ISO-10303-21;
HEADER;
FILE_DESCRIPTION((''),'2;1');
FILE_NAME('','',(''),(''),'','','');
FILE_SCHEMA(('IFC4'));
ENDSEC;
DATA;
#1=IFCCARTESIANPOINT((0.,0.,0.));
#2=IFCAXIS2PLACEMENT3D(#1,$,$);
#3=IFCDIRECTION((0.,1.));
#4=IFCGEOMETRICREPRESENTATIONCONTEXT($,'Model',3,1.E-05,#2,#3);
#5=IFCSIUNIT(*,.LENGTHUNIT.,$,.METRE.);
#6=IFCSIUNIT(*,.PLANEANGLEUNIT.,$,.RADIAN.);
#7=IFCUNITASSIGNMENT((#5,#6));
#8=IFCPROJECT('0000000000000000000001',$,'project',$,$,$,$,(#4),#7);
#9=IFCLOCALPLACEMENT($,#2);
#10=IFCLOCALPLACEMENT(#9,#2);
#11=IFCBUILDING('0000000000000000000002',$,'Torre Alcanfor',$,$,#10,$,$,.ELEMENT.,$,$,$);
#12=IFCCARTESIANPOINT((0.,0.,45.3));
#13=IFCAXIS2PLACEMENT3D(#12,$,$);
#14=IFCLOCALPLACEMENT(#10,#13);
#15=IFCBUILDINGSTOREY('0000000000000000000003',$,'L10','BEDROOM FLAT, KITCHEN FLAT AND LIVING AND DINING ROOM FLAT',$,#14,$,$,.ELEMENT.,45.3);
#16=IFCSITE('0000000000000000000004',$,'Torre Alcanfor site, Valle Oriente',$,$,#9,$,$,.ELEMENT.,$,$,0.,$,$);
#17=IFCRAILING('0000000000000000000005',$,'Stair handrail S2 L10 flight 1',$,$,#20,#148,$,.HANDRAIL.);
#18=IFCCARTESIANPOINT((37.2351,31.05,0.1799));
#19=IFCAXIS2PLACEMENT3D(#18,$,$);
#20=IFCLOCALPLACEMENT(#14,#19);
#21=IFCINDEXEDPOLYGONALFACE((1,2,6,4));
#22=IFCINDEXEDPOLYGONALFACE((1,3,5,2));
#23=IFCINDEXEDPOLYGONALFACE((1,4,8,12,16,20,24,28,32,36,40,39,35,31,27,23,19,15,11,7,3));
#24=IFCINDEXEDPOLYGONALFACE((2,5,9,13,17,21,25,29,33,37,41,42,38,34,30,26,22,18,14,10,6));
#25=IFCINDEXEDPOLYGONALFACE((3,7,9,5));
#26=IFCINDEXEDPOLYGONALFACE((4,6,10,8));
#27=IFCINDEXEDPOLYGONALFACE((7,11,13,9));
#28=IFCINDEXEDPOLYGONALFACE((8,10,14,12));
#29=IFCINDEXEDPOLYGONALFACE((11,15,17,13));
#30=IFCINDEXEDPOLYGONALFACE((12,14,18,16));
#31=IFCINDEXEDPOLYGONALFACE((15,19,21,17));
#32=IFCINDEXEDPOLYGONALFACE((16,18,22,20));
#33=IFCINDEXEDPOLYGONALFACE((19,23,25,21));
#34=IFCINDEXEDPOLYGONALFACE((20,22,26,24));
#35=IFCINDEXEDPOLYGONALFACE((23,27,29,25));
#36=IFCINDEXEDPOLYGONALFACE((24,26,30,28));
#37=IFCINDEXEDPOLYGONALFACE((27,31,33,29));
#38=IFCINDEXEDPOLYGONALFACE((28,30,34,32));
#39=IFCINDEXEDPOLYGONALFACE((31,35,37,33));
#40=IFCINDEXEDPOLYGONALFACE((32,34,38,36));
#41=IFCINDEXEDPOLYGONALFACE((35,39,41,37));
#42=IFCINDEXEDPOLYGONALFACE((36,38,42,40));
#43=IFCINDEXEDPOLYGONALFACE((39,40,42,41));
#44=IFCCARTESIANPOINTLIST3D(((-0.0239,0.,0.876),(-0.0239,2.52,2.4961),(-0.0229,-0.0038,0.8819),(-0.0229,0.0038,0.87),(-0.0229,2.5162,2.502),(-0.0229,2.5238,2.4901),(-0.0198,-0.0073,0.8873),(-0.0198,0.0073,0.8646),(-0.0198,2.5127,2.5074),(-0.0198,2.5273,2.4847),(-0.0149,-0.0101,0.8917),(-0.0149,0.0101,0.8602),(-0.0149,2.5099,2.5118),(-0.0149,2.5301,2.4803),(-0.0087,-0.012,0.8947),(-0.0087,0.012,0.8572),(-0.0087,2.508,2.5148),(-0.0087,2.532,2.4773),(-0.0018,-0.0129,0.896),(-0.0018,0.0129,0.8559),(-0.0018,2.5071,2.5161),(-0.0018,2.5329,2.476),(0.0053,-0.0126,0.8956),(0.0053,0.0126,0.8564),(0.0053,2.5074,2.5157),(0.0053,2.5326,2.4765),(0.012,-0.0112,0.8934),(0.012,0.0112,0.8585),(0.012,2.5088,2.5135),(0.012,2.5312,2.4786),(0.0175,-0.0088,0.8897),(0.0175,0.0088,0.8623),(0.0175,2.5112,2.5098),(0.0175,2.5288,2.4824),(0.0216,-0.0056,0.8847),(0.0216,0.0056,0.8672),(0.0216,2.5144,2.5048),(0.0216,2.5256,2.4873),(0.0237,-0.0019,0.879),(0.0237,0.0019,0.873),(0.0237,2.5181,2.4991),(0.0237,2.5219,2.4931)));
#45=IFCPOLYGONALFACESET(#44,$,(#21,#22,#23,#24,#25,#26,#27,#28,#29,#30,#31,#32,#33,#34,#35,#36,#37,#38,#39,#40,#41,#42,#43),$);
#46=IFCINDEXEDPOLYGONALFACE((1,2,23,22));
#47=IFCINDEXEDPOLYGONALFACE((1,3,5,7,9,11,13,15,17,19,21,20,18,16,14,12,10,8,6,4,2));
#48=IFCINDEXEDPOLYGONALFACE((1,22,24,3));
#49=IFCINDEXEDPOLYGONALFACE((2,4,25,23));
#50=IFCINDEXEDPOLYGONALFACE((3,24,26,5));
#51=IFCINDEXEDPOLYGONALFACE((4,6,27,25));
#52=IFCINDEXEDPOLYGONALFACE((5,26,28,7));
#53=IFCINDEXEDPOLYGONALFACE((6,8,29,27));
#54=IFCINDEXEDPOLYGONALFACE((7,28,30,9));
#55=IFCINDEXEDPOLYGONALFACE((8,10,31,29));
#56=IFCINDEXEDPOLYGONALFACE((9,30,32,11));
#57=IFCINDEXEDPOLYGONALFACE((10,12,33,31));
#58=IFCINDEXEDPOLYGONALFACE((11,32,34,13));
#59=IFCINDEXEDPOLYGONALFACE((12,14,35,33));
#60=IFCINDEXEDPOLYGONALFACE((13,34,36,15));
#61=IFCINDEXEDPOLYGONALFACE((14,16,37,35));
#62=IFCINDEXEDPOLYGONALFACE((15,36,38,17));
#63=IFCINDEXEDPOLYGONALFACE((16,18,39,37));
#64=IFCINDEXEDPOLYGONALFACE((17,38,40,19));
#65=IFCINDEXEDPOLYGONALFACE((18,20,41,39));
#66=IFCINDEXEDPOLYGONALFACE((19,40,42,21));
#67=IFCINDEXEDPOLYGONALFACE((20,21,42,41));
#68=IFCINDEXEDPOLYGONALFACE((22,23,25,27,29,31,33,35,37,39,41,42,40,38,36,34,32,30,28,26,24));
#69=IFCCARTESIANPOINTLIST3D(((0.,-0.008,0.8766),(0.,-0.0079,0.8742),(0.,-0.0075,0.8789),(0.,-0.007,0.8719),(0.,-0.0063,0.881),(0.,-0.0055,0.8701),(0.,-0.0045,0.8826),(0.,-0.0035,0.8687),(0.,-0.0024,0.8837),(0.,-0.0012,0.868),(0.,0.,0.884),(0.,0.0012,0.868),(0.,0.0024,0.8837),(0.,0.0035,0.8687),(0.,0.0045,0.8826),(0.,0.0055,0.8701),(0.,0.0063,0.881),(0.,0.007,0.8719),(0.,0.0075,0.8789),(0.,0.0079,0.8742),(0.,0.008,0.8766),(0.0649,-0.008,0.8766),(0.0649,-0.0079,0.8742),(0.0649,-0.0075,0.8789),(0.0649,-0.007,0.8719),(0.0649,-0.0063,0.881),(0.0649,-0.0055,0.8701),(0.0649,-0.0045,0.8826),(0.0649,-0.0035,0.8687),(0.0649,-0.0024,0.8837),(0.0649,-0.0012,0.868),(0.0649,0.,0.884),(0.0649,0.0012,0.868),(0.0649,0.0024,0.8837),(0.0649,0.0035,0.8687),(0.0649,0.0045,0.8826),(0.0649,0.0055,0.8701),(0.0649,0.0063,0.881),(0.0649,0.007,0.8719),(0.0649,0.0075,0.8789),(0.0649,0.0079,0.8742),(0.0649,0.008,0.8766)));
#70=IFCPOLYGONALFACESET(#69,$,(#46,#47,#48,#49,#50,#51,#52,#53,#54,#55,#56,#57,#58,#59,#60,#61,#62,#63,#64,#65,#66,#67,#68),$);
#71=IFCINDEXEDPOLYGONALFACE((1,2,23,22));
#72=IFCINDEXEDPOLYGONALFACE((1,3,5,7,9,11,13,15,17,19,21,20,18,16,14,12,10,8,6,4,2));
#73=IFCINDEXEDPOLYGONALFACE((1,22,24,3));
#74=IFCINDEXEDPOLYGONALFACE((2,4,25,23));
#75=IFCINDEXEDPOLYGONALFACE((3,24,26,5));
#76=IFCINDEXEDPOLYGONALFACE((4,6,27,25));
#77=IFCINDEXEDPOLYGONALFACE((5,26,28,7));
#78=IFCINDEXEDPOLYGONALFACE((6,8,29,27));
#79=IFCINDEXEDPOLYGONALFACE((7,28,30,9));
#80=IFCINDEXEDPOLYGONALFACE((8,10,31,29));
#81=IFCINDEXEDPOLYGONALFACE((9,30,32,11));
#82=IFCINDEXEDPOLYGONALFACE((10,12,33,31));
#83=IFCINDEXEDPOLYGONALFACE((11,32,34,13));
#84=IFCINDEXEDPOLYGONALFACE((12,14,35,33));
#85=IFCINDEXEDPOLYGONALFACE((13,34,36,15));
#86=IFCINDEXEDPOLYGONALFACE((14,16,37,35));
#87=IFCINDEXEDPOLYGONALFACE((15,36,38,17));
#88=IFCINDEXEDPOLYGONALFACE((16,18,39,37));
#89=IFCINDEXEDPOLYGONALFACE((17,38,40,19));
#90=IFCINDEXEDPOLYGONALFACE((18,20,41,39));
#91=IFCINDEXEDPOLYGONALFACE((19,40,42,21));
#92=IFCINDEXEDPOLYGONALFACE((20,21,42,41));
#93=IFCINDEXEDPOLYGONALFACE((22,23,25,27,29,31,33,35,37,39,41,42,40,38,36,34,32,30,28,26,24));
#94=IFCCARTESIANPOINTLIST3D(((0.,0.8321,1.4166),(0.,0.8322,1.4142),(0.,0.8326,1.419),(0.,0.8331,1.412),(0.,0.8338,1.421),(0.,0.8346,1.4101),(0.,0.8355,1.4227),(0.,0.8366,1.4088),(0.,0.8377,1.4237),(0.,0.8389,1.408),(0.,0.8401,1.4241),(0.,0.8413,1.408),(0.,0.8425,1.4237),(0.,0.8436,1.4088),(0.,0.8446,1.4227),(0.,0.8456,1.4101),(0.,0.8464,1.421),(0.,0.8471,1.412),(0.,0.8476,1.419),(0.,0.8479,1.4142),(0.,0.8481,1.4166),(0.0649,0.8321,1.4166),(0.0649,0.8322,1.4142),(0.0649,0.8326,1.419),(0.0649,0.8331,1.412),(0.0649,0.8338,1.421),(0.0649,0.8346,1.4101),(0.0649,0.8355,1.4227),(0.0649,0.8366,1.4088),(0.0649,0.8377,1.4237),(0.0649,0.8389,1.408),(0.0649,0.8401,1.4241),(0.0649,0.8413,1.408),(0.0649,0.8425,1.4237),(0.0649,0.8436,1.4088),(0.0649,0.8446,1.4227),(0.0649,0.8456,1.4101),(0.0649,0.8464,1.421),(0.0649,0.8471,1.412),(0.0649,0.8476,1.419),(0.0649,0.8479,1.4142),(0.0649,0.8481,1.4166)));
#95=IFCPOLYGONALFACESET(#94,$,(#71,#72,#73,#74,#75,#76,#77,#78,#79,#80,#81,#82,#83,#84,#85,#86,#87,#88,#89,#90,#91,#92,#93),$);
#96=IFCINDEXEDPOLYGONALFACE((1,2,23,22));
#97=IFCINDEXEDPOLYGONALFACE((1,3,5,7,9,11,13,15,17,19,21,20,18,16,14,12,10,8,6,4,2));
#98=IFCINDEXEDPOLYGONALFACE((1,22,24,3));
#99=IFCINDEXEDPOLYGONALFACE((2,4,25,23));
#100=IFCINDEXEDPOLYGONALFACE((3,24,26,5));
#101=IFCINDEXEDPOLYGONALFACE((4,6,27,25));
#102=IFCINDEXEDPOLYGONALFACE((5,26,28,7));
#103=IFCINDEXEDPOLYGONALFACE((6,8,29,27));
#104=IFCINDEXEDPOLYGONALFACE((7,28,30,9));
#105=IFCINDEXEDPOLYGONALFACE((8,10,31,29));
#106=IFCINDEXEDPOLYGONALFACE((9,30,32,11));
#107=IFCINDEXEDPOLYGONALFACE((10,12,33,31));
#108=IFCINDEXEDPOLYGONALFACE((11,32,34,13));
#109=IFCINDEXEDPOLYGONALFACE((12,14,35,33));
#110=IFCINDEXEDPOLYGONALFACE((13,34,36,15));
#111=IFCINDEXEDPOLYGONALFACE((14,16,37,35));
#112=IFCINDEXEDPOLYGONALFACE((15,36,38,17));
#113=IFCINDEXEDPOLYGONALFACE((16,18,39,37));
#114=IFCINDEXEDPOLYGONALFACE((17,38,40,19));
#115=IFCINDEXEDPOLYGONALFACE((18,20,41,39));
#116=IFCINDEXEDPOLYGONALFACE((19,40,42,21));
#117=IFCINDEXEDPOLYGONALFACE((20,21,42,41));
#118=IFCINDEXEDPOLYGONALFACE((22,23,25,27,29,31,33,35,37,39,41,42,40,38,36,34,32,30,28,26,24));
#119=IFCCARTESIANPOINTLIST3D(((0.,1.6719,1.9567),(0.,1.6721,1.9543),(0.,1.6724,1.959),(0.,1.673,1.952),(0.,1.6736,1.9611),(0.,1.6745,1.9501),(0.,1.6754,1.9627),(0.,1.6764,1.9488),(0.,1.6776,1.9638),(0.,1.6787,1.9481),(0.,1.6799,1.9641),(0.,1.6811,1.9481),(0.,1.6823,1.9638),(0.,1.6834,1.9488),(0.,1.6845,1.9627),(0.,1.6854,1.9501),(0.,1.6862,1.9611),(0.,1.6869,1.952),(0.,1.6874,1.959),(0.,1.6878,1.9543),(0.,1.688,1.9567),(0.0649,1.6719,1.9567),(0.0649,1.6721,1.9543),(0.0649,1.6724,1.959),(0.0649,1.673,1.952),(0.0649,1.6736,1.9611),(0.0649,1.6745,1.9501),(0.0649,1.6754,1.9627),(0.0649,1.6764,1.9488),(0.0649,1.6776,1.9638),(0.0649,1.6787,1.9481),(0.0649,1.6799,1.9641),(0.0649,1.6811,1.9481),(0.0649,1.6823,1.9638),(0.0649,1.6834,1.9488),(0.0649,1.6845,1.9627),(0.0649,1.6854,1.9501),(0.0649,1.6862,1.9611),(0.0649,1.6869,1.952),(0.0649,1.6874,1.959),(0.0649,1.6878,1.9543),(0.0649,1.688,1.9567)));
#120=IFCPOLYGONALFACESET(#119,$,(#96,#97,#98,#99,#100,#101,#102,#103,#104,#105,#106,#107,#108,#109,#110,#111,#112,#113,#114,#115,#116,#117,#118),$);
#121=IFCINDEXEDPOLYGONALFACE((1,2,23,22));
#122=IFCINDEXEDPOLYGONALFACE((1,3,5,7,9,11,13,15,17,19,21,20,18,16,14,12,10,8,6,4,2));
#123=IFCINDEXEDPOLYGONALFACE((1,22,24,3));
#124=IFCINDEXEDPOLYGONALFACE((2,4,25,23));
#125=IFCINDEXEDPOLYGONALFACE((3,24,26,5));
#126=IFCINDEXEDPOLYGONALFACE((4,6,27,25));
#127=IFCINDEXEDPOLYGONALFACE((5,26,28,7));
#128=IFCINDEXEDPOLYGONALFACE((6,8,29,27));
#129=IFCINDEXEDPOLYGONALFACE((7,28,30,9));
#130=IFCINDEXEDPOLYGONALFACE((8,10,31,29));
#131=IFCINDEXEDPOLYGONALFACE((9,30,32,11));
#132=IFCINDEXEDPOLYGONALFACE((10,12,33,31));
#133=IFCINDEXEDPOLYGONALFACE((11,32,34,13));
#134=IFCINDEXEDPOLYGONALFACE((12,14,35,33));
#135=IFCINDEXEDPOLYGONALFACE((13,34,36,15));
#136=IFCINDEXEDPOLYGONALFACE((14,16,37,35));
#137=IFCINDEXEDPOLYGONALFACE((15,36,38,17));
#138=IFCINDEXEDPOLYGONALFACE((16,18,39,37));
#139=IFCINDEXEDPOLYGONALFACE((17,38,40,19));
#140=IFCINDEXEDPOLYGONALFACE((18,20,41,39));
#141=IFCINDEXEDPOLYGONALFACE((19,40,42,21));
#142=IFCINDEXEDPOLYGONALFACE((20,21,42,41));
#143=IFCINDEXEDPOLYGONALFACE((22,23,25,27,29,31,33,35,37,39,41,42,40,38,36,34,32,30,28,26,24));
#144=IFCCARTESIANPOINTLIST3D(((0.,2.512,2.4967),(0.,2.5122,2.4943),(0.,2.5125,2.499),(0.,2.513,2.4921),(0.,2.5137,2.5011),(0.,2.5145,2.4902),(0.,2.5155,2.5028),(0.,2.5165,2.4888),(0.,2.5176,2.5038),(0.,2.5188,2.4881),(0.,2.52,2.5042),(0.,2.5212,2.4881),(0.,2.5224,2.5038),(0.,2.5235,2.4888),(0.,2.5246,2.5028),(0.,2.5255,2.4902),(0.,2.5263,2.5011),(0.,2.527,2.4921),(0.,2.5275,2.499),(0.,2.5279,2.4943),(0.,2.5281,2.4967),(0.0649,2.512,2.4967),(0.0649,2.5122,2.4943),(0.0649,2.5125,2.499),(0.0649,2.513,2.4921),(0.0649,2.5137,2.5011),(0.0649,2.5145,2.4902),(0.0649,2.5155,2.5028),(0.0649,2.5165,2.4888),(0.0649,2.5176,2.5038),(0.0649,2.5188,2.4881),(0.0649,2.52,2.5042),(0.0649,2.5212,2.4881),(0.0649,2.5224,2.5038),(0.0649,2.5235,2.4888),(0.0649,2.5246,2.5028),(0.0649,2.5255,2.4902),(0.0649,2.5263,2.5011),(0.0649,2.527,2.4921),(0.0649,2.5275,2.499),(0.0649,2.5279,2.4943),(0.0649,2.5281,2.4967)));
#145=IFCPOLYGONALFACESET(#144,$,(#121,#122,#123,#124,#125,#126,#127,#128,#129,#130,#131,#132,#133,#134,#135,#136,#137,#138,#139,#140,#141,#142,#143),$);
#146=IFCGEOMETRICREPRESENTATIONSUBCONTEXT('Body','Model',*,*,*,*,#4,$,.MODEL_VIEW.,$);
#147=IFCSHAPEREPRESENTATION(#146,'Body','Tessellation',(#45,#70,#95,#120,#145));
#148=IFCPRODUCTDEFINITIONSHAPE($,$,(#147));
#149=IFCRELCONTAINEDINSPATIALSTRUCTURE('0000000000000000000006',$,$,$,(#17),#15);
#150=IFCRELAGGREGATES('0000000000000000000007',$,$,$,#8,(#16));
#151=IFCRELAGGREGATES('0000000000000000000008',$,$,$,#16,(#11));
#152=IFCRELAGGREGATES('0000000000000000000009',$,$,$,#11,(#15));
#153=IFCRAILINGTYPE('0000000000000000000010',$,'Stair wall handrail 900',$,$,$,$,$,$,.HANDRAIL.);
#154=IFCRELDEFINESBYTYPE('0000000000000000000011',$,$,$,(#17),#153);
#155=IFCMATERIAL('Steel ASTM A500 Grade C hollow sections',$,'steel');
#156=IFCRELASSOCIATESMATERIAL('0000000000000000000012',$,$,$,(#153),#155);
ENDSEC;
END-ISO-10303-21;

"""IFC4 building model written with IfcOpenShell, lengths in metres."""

from ifc_helpers import new_model, si_unit, direction, frame, origin, origin_2d, place, context, subcontext, project, spatial, circle, extrude, material, type_object, element, save


model = new_model("IFC4")

# Units and contexts
model_context = context("Model", 3, precision=1e-05, world=origin(), true_north=direction((0.0, 1.0)))
body_context = subcontext(model_context, "Body", "Model", "MODEL_VIEW")
ifc_project = project(units=[si_unit("LENGTHUNIT", "METRE"), si_unit("PLANEANGLEUNIT", "RADIAN")], contexts=[model_context])

# Site, building, storey
site_placement = place(None, origin())
site = spatial("IfcSite", under=ifc_project, at=site_placement, Name="Torre Alcanfor site, Valle Oriente", CompositionType="ELEMENT", RefElevation=0.0)
building_placement = place(site_placement, origin())
building = spatial("IfcBuilding", under=site, at=building_placement, Name="Torre Alcanfor", CompositionType="ELEMENT")
storey_placement = place(building_placement, frame((0.0, 0.0, 45.3)))
storey = spatial("IfcBuildingStorey", under=building, at=storey_placement, Name="L10", Description="BEDROOM FLAT, KITCHEN FLAT AND LIVING AND DINING ROOM FLAT", CompositionType="ELEMENT", Elevation=45.3)

# Railing
ifc_material_1 = material(Name="Steel ASTM A500 Grade C hollow sections", Category="steel")
railing_type_1 = type_object("IfcRailingType", Name="Stair wall handrail 900", PredefinedType="HANDRAIL", material=ifc_material_1)
railing_1_placement = place(storey_placement, frame((37.2351, 31.05, 0.1799)))
element("IfcRailing", 1, at=railing_1_placement, inside=storey, type_object=railing_type_1, Name="Stair handrail S2 L10 flight 1", PredefinedType="HANDRAIL", context=body_context, shape_type="SweptSolid", body=[
    extrude(circle(Radius=0.0239, at=origin_2d()), frame((0.0, 0.0, 0.876), z_axis=(0.0, 0.841163, 0.540782), x_axis=(-1.0, 0.0, 0.0)), (0.0, 0.0, 1.0), 2.9958),
    extrude(circle(Radius=0.0081, at=origin_2d()), frame((0.0, 0.0, 0.876), z_axis=(1.0, 0.0, 0.0), x_axis=(0.0, 0.0, 1.0)), (0.0, 0.0, 1.0), 0.0649),
    extrude(circle(Radius=0.0081, at=origin_2d()), frame((0.0, 0.8401, 1.416), z_axis=(1.0, 0.0, 0.0), x_axis=(0.0, 0.0, 1.0)), (0.0, 0.0, 1.0), 0.0649),
    extrude(circle(Radius=0.0081, at=origin_2d()), frame((0.0, 1.6799, 1.9561), z_axis=(1.0, 0.0, 0.0), x_axis=(0.0, 0.0, 1.0)), (0.0, 0.0, 1.0), 0.0649),
    extrude(circle(Radius=0.0081, at=origin_2d()), frame((0.0, 2.52, 2.4961), z_axis=(1.0, 0.0, 0.0), x_axis=(0.0, 0.0, 1.0)), (0.0, 0.0, 1.0), 0.0649),
])

save(model, "model.ifc")
